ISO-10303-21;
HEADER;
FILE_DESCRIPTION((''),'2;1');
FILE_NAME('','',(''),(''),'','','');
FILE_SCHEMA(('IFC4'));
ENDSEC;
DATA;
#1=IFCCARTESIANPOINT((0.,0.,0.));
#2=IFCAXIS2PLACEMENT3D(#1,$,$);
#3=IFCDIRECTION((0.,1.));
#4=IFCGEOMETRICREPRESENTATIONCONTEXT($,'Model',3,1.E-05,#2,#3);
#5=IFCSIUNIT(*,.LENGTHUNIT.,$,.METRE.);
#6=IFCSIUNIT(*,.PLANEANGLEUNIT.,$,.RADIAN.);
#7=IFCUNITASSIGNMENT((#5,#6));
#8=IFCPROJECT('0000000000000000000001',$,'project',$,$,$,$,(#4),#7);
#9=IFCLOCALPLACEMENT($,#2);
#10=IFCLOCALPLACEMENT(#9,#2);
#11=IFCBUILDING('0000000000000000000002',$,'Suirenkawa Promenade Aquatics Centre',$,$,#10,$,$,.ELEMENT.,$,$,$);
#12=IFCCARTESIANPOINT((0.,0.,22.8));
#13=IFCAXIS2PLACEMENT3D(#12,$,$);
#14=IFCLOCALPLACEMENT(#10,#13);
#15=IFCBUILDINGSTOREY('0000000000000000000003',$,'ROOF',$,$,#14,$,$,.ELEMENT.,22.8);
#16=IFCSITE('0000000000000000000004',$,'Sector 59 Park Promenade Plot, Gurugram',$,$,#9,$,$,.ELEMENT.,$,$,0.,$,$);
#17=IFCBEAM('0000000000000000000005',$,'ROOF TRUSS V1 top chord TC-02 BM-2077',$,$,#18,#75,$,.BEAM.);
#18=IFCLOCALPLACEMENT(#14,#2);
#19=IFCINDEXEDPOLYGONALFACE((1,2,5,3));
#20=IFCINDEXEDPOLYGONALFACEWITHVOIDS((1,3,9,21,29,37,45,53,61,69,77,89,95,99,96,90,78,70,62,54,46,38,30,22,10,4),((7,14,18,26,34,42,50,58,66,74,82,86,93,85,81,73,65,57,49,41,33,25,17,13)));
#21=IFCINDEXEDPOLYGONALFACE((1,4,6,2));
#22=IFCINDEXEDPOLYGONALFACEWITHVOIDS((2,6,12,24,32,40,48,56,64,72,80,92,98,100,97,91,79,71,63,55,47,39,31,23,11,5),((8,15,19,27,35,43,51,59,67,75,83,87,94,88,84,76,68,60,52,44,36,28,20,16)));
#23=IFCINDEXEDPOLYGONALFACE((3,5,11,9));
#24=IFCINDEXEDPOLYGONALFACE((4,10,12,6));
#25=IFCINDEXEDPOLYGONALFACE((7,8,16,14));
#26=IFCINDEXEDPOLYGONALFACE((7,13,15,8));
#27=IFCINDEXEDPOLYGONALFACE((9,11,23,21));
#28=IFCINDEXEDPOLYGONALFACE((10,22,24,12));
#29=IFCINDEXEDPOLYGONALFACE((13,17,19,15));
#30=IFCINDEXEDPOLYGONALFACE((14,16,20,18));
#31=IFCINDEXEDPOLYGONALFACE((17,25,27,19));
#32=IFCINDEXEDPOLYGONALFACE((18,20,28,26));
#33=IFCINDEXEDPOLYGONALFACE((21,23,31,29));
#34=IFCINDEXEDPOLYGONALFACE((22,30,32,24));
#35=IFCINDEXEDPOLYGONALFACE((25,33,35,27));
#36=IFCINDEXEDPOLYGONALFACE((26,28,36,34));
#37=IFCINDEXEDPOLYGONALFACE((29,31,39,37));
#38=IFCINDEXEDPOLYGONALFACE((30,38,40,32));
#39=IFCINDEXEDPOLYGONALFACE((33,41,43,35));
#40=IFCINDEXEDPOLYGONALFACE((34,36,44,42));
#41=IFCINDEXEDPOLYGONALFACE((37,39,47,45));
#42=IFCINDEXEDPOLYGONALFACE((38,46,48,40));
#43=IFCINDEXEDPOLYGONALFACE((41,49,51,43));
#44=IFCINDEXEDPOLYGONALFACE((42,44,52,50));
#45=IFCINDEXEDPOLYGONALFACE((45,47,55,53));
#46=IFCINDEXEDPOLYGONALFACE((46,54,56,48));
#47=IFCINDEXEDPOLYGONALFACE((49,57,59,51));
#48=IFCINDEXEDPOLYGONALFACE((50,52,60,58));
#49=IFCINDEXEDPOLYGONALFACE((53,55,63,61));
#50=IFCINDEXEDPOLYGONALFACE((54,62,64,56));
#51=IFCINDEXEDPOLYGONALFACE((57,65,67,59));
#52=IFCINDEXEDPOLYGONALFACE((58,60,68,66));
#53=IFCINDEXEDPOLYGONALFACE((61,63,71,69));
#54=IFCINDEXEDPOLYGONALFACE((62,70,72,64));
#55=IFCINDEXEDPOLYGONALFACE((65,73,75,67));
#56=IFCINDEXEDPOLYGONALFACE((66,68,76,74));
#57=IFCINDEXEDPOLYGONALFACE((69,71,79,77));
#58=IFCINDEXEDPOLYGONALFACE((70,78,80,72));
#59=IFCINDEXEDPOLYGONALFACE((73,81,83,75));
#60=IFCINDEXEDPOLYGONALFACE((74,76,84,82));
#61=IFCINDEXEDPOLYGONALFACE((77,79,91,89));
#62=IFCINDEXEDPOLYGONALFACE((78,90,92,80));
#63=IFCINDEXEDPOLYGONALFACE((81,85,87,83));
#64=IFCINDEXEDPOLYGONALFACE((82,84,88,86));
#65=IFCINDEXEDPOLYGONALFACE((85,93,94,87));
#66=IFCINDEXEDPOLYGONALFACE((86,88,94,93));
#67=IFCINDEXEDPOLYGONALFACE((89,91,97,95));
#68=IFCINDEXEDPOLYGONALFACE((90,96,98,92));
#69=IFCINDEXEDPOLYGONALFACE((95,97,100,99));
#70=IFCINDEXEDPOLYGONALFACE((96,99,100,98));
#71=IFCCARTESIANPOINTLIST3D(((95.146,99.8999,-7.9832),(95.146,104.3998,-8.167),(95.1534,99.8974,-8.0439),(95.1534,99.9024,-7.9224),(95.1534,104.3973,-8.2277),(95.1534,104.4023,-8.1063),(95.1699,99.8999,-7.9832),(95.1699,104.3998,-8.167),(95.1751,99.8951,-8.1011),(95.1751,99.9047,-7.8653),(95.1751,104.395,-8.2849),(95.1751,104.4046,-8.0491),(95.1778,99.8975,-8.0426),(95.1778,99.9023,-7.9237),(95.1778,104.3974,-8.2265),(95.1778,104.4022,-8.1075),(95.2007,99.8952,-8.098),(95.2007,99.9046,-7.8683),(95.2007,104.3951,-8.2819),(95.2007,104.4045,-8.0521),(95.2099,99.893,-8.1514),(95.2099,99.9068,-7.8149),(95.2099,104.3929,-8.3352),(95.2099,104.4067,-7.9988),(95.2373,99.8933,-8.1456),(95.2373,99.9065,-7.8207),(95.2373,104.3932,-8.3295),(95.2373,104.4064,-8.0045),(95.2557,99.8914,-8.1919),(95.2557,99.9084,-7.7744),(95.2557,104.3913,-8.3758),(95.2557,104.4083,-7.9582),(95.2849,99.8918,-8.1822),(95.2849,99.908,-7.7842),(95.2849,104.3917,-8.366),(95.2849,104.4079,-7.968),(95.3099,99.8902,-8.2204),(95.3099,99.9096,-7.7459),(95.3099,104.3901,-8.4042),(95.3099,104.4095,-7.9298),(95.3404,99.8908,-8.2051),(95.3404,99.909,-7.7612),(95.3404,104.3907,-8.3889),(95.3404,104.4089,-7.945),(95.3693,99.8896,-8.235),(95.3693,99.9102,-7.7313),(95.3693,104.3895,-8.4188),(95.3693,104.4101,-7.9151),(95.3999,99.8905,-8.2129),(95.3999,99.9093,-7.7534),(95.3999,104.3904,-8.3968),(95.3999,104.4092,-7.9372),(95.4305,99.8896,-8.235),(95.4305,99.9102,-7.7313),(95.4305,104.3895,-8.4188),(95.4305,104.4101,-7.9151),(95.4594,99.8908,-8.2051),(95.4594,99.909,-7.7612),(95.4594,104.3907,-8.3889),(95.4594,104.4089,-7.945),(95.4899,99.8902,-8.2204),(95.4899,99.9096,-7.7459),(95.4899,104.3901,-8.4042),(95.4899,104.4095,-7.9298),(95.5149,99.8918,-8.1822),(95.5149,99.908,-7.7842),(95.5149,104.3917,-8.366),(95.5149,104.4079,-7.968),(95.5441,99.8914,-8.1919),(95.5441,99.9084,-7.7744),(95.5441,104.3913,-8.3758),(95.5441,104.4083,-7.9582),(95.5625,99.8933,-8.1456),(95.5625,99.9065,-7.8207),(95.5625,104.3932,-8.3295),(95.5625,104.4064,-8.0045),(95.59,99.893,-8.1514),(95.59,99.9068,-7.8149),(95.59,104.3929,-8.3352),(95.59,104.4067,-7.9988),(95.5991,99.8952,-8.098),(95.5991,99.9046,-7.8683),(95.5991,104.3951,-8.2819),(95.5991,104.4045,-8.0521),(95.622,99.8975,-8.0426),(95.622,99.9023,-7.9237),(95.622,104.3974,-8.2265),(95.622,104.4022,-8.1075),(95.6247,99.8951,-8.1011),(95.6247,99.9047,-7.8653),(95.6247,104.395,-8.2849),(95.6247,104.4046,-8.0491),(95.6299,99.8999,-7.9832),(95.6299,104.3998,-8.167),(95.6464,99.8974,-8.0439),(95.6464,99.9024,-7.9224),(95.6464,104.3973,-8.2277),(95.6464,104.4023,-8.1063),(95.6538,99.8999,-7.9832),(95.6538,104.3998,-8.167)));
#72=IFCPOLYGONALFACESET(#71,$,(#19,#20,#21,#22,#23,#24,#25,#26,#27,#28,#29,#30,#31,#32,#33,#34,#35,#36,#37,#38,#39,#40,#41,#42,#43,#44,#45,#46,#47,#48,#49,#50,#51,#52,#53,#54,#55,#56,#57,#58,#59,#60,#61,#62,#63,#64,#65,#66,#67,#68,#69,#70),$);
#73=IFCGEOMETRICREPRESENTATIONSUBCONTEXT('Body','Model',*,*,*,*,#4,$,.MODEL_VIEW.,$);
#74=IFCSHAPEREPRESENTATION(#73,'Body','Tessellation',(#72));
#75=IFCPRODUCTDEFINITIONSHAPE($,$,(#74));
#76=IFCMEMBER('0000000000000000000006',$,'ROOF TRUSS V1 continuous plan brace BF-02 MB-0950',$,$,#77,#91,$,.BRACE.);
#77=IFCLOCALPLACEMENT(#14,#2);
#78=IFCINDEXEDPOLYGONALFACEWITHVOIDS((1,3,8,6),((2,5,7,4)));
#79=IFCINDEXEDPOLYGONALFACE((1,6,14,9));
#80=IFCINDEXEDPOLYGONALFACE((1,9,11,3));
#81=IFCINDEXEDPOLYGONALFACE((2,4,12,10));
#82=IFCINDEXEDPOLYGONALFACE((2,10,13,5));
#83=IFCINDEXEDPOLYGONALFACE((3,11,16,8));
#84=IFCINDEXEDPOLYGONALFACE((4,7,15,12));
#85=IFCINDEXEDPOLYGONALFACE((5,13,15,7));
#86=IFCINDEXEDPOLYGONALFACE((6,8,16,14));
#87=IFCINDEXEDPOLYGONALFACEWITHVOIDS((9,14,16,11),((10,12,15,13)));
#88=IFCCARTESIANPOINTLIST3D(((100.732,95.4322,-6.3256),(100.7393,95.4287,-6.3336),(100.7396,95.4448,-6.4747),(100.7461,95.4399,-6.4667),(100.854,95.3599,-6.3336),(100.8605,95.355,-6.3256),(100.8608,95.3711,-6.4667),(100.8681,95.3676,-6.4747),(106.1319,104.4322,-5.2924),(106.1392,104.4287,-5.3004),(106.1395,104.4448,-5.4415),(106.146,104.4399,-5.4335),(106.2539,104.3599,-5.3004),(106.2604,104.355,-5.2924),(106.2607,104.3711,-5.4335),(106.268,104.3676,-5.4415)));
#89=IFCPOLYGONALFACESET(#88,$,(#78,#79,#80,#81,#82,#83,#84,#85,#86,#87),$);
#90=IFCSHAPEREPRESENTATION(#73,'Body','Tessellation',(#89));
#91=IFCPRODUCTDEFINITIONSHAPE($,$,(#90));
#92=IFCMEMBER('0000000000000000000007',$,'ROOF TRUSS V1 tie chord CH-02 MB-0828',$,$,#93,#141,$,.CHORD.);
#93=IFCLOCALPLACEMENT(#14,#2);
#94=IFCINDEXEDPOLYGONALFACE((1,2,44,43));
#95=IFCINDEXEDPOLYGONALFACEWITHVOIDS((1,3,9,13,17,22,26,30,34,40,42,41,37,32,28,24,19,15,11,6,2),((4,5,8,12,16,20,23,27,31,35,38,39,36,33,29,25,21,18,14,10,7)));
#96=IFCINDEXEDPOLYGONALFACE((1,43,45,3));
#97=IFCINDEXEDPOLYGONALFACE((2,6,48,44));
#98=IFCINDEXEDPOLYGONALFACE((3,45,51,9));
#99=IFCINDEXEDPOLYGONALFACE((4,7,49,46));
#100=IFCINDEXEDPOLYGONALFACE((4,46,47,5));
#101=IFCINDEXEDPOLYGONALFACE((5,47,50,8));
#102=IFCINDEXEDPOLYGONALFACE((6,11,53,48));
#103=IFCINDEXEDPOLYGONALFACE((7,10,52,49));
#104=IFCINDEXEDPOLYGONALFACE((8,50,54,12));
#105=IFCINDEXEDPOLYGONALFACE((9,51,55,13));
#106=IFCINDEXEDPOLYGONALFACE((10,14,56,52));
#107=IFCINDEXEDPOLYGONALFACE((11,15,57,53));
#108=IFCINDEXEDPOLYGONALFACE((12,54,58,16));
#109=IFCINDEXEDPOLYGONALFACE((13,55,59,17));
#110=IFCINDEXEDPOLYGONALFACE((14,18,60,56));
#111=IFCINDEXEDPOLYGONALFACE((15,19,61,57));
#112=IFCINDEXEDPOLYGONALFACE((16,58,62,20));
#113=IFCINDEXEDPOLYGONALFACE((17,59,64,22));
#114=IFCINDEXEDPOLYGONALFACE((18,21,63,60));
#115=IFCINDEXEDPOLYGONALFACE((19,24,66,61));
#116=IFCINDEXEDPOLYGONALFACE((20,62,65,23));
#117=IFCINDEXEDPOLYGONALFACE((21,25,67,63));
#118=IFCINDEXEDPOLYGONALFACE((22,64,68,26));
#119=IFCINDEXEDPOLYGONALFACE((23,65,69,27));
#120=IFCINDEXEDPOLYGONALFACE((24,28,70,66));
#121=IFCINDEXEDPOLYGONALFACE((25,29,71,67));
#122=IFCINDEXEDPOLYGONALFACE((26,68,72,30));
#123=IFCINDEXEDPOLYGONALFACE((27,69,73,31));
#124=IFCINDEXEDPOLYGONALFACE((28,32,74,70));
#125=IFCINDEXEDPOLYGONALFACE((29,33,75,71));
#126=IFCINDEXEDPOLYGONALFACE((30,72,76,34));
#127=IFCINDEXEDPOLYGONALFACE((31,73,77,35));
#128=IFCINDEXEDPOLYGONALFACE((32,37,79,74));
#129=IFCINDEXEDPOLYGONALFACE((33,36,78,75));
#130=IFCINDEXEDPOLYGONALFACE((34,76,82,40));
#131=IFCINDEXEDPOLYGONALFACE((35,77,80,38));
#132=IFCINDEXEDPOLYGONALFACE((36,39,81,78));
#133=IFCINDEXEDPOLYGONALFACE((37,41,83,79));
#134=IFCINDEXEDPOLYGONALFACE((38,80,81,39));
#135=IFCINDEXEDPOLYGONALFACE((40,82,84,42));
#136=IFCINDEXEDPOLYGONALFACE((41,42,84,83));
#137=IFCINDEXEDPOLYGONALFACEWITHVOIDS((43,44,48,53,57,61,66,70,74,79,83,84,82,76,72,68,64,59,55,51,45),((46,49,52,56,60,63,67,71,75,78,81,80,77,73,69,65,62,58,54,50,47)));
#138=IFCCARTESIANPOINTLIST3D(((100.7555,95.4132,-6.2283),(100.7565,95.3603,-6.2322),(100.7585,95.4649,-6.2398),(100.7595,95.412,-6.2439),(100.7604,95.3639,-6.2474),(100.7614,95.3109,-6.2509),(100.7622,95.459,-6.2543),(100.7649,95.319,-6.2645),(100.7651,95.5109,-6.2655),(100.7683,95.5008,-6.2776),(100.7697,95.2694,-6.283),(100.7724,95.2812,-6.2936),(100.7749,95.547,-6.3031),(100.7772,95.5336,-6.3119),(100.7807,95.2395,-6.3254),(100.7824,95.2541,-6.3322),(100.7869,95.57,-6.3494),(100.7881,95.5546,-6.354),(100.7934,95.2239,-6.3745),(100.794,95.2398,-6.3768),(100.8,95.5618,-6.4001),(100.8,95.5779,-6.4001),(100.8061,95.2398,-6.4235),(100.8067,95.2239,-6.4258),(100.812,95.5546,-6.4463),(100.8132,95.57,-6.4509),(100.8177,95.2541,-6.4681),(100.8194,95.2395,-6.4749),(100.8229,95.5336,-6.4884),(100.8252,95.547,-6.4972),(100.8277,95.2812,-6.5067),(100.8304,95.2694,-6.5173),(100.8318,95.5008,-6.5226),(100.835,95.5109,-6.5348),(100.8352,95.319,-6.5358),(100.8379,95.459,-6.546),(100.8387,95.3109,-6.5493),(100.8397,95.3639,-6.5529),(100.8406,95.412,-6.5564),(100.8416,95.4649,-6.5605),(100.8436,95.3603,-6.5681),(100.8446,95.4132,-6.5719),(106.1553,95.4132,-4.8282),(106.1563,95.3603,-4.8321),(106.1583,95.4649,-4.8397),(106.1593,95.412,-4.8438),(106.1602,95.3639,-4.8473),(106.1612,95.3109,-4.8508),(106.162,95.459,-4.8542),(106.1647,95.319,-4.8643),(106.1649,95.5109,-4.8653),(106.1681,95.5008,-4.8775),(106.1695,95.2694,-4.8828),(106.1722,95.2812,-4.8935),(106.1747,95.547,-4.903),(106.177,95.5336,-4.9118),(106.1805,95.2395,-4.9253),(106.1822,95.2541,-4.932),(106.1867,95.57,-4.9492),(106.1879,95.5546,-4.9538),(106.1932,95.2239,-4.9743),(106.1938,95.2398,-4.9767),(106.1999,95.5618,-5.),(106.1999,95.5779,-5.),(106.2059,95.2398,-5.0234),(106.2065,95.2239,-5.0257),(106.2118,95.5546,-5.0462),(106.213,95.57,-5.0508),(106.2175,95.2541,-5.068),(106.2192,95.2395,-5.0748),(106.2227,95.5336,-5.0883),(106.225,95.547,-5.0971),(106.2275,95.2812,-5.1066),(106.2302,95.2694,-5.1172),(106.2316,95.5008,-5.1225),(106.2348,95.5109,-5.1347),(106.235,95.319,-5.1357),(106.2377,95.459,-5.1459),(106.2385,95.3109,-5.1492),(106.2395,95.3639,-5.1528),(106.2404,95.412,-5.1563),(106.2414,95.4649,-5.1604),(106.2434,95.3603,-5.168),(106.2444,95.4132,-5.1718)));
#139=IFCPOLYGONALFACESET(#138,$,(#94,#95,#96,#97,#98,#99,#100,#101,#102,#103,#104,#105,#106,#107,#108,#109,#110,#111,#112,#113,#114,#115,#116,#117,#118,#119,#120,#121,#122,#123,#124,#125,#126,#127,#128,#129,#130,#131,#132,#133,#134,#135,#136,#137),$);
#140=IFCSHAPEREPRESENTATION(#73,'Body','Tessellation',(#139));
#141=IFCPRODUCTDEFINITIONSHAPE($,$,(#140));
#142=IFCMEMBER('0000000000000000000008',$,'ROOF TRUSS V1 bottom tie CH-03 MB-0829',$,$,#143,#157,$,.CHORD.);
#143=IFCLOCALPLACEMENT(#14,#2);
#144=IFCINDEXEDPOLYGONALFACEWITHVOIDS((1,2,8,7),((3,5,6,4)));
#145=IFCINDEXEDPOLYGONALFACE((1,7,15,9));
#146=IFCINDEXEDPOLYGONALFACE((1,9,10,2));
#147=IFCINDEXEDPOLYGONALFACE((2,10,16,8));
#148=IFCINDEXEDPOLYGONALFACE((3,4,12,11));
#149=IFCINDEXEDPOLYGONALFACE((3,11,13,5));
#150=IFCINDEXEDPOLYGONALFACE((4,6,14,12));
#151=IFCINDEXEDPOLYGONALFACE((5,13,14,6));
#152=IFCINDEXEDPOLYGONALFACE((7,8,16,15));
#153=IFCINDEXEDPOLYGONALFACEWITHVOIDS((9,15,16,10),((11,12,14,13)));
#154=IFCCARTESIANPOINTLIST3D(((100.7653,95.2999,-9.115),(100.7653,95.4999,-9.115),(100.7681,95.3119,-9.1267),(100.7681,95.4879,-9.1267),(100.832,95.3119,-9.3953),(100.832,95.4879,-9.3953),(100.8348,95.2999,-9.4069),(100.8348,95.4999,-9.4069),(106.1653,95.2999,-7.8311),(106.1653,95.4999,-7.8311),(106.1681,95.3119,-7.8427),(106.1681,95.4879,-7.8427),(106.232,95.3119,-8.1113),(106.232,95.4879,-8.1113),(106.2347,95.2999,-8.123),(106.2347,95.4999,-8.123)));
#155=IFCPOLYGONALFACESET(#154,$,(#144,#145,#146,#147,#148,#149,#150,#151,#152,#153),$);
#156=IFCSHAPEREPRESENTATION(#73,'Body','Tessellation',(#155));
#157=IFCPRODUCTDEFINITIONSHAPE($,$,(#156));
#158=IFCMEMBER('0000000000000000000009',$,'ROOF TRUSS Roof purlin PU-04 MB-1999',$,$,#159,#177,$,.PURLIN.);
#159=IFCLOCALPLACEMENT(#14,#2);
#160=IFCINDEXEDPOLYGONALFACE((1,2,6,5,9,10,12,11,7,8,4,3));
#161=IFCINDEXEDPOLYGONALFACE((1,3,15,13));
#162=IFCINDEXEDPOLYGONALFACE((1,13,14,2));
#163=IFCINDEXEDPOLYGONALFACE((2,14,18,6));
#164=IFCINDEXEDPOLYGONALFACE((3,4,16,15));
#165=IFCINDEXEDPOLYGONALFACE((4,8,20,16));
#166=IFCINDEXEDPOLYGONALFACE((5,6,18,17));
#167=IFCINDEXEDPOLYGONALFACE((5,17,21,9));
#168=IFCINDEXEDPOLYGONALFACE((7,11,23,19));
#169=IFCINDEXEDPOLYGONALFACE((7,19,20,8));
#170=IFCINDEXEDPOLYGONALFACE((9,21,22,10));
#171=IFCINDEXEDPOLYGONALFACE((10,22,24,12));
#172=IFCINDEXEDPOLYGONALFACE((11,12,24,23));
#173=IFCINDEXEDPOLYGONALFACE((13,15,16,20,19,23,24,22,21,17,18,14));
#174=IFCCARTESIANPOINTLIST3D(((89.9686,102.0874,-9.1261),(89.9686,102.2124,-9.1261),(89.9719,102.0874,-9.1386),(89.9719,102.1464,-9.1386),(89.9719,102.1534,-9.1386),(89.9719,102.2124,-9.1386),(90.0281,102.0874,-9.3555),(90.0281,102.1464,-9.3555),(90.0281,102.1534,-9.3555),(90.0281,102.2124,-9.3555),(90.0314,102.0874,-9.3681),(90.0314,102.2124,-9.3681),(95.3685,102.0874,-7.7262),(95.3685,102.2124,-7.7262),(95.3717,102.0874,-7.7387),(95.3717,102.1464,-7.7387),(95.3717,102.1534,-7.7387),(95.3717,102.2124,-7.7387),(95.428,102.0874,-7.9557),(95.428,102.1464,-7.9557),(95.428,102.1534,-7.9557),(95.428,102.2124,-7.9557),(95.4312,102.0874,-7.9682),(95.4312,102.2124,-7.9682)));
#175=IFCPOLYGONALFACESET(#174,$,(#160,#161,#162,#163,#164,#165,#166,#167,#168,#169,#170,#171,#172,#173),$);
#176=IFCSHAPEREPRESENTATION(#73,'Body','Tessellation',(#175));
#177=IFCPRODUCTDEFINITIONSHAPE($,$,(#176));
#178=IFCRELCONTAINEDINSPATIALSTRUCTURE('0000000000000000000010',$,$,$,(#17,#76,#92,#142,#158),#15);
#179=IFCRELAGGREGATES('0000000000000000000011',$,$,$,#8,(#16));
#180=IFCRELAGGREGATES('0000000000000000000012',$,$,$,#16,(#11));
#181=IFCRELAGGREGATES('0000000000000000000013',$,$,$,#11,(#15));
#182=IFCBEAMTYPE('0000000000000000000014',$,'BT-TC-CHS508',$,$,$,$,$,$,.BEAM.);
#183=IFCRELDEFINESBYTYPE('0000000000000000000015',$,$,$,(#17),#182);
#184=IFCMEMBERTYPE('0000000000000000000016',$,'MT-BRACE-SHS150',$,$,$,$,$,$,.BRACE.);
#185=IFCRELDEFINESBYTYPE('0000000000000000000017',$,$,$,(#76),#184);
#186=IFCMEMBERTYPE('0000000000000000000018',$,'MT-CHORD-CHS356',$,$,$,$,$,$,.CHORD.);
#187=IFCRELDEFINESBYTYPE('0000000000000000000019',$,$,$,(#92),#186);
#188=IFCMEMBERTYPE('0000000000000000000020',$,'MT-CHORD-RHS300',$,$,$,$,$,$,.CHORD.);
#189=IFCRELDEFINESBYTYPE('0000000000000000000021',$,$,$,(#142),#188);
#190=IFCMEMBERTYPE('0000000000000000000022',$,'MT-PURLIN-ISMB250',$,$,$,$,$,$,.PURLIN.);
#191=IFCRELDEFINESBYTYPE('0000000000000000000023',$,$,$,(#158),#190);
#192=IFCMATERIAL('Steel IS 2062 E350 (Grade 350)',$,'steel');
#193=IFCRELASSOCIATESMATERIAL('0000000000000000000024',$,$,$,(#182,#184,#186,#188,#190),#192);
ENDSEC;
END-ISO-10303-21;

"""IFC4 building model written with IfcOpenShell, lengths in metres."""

from ifc_helpers import new_model, si_unit, direction, frame, origin, origin_2d, place, context, subcontext, project, spatial, hollow_rectangle, hollow_circle, i_section, extrude, material, material_profile, profile_set, type_object, element, save


model = new_model("IFC4")

# Units and contexts
model_context = context("Model", 3, precision=1e-05, world=origin(), true_north=direction((0.0, 1.0)))
body_context = subcontext(model_context, "Body", "Model", "MODEL_VIEW")
ifc_project = project(units=[si_unit("LENGTHUNIT", "METRE"), si_unit("PLANEANGLEUNIT", "RADIAN")], contexts=[model_context])

# Site, building, storey
site_placement = place(None, origin())
site = spatial("IfcSite", under=ifc_project, at=site_placement, Name="Sector 59 Park Promenade Plot, Gurugram", CompositionType="ELEMENT", RefElevation=0.0)
building_placement = place(site_placement, origin())
building = spatial("IfcBuilding", under=site, at=building_placement, Name="Suirenkawa Promenade Aquatics Centre", CompositionType="ELEMENT")
storey_placement = place(building_placement, frame((0.0, 0.0, 22.8)))
storey = spatial("IfcBuildingStorey", under=building, at=storey_placement, Name="ROOF", CompositionType="ELEMENT", Elevation=22.8)

# Beam
ifc_material_1 = material(Name="Steel IS 2062 E350 (Grade 350)", Category="steel")
ifc_material_profile_1 = material_profile(ifc_material_1, hollow_circle(Radius=0.2539, WallThickness=0.0239, at=origin_2d()), Name="CHS 508x24", Category="steel")
ifc_profile_set_1 = profile_set([ifc_material_profile_1], Name="Steel IS 2062 E350 (Grade 350)")
beam_type_1 = type_object("IfcBeamType", Name="BT-TC-CHS508", PredefinedType="BEAM", material=ifc_profile_set_1)
for number, where, z_axis, x_axis, name in (
    (1, (95.3999, 99.8999, -7.9832), (0.0, 0.999167, -0.040819), (-1.0, 0.0, 0.0), "ROOF TRUSS V1 top chord TC-02 BM-2077"),
):
    element("IfcBeam", number, at=place(storey_placement, frame(where, z_axis=z_axis, x_axis=x_axis)), inside=storey, type_object=beam_type_1, Name=name, PredefinedType="BEAM", context=body_context, shape_type="SweptSolid", body=[
        extrude(hollow_circle(Radius=0.2539, WallThickness=0.0239, at=origin_2d()), origin(), (0.0, 0.0, 1.0), 4.5037),
    ])

# Members
ifc_material_profile_2 = material_profile(ifc_material_1, hollow_rectangle(XDim=0.1499, YDim=0.1499, WallThickness=0.0081, at=origin_2d()), Name="SHS 150x150x8", Category="steel")
ifc_profile_set_2 = profile_set([ifc_material_profile_2], Name="Steel IS 2062 E350 (Grade 350)")
member_type_1 = type_object("IfcMemberType", Name="MT-BRACE-SHS150", PredefinedType="BRACE", material=ifc_profile_set_2)
member_1_placement = place(storey_placement, frame((100.8, 95.3999, -6.4001), z_axis=(0.512014, 0.853372, 0.097967), x_axis=(-0.857497, 0.514489, 0.0)))
element("IfcMember", 2, at=member_1_placement, inside=storey, type_object=member_type_1, Name="ROOF TRUSS V1 continuous plan brace BF-02 MB-0950", PredefinedType="BRACE", context=body_context, shape_type="SweptSolid", body=[
    extrude(hollow_rectangle(XDim=0.1499, YDim=0.1499, WallThickness=0.0081, at=origin_2d()), origin(), (0.0, 0.0, 1.0), 10.5464),
])
ifc_material_profile_3 = material_profile(ifc_material_1, hollow_circle(Radius=0.178, WallThickness=0.0161, at=origin_2d()), Name="CHS 356x16", Category="steel")
ifc_profile_set_3 = profile_set([ifc_material_profile_3], Name="Steel IS 2062 E350 (Grade 350)")
member_type_2 = type_object("IfcMemberType", Name="MT-CHORD-CHS356", PredefinedType="CHORD", material=ifc_profile_set_3)
member_2_placement = place(storey_placement, frame((100.8, 95.3999, -6.4001), z_axis=(0.967989, 0.0, 0.250991), x_axis=(0.0, 1.0, 0.0)))
element("IfcMember", 3, at=member_2_placement, inside=storey, type_object=member_type_2, Name="ROOF TRUSS V1 tie chord CH-02 MB-0828", PredefinedType="CHORD", context=body_context, shape_type="SweptSolid", body=[
    extrude(hollow_circle(Radius=0.178, WallThickness=0.0161, at=origin_2d()), origin(), (0.0, 0.0, 1.0), 5.5784),
])
ifc_material_profile_4 = material_profile(ifc_material_1, hollow_rectangle(XDim=0.2, YDim=0.3, WallThickness=0.012, at=origin_2d()), Name="RHS 300x200x12", Category="steel")
ifc_profile_set_4 = profile_set([ifc_material_profile_4], Name="Steel IS 2062 E350 (Grade 350)")
member_type_3 = type_object("IfcMemberType", Name="MT-CHORD-RHS300", PredefinedType="CHORD", material=ifc_profile_set_4)
member_3_placement = place(storey_placement, frame((100.8, 95.3999, -9.261), z_axis=(0.972877, 0.0, 0.231321), x_axis=(0.0, 1.0, 0.0)))
element("IfcMember", 4, at=member_3_placement, inside=storey, type_object=member_type_3, Name="ROOF TRUSS V1 bottom tie CH-03 MB-0829", PredefinedType="CHORD", context=body_context, shape_type="SweptSolid", body=[
    extrude(hollow_rectangle(XDim=0.2, YDim=0.3, WallThickness=0.012, at=origin_2d()), origin(), (0.0, 0.0, 1.0), 5.5505),
])
ifc_material_profile_5 = material_profile(ifc_material_1, i_section(OverallWidth=0.125, OverallDepth=0.25, WebThickness=0.0071, FlangeThickness=0.0129, at=origin_2d()), Name="ISMB 250", Category="steel")
ifc_profile_set_5 = profile_set([ifc_material_profile_5], Name="Steel IS 2062 E350 (Grade 350)")
member_type_4 = type_object("IfcMemberType", Name="MT-PURLIN-ISMB250", PredefinedType="PURLIN", material=ifc_profile_set_5)
member_4_placement = place(storey_placement, frame((90.0, 102.1499, -9.2471), z_axis=(0.968, 0.0, 0.25095), x_axis=(0.0, 1.0, 0.0)))
element("IfcMember", 5, at=member_4_placement, inside=storey, type_object=member_type_4, Name="ROOF TRUSS Roof purlin PU-04 MB-1999", PredefinedType="PURLIN", context=body_context, shape_type="SweptSolid", body=[
    extrude(i_section(OverallWidth=0.125, OverallDepth=0.25, WebThickness=0.0071, FlangeThickness=0.0129, at=origin_2d()), origin(), (0.0, 0.0, 1.0), 5.5784),
])

save(model, "model.ifc")
